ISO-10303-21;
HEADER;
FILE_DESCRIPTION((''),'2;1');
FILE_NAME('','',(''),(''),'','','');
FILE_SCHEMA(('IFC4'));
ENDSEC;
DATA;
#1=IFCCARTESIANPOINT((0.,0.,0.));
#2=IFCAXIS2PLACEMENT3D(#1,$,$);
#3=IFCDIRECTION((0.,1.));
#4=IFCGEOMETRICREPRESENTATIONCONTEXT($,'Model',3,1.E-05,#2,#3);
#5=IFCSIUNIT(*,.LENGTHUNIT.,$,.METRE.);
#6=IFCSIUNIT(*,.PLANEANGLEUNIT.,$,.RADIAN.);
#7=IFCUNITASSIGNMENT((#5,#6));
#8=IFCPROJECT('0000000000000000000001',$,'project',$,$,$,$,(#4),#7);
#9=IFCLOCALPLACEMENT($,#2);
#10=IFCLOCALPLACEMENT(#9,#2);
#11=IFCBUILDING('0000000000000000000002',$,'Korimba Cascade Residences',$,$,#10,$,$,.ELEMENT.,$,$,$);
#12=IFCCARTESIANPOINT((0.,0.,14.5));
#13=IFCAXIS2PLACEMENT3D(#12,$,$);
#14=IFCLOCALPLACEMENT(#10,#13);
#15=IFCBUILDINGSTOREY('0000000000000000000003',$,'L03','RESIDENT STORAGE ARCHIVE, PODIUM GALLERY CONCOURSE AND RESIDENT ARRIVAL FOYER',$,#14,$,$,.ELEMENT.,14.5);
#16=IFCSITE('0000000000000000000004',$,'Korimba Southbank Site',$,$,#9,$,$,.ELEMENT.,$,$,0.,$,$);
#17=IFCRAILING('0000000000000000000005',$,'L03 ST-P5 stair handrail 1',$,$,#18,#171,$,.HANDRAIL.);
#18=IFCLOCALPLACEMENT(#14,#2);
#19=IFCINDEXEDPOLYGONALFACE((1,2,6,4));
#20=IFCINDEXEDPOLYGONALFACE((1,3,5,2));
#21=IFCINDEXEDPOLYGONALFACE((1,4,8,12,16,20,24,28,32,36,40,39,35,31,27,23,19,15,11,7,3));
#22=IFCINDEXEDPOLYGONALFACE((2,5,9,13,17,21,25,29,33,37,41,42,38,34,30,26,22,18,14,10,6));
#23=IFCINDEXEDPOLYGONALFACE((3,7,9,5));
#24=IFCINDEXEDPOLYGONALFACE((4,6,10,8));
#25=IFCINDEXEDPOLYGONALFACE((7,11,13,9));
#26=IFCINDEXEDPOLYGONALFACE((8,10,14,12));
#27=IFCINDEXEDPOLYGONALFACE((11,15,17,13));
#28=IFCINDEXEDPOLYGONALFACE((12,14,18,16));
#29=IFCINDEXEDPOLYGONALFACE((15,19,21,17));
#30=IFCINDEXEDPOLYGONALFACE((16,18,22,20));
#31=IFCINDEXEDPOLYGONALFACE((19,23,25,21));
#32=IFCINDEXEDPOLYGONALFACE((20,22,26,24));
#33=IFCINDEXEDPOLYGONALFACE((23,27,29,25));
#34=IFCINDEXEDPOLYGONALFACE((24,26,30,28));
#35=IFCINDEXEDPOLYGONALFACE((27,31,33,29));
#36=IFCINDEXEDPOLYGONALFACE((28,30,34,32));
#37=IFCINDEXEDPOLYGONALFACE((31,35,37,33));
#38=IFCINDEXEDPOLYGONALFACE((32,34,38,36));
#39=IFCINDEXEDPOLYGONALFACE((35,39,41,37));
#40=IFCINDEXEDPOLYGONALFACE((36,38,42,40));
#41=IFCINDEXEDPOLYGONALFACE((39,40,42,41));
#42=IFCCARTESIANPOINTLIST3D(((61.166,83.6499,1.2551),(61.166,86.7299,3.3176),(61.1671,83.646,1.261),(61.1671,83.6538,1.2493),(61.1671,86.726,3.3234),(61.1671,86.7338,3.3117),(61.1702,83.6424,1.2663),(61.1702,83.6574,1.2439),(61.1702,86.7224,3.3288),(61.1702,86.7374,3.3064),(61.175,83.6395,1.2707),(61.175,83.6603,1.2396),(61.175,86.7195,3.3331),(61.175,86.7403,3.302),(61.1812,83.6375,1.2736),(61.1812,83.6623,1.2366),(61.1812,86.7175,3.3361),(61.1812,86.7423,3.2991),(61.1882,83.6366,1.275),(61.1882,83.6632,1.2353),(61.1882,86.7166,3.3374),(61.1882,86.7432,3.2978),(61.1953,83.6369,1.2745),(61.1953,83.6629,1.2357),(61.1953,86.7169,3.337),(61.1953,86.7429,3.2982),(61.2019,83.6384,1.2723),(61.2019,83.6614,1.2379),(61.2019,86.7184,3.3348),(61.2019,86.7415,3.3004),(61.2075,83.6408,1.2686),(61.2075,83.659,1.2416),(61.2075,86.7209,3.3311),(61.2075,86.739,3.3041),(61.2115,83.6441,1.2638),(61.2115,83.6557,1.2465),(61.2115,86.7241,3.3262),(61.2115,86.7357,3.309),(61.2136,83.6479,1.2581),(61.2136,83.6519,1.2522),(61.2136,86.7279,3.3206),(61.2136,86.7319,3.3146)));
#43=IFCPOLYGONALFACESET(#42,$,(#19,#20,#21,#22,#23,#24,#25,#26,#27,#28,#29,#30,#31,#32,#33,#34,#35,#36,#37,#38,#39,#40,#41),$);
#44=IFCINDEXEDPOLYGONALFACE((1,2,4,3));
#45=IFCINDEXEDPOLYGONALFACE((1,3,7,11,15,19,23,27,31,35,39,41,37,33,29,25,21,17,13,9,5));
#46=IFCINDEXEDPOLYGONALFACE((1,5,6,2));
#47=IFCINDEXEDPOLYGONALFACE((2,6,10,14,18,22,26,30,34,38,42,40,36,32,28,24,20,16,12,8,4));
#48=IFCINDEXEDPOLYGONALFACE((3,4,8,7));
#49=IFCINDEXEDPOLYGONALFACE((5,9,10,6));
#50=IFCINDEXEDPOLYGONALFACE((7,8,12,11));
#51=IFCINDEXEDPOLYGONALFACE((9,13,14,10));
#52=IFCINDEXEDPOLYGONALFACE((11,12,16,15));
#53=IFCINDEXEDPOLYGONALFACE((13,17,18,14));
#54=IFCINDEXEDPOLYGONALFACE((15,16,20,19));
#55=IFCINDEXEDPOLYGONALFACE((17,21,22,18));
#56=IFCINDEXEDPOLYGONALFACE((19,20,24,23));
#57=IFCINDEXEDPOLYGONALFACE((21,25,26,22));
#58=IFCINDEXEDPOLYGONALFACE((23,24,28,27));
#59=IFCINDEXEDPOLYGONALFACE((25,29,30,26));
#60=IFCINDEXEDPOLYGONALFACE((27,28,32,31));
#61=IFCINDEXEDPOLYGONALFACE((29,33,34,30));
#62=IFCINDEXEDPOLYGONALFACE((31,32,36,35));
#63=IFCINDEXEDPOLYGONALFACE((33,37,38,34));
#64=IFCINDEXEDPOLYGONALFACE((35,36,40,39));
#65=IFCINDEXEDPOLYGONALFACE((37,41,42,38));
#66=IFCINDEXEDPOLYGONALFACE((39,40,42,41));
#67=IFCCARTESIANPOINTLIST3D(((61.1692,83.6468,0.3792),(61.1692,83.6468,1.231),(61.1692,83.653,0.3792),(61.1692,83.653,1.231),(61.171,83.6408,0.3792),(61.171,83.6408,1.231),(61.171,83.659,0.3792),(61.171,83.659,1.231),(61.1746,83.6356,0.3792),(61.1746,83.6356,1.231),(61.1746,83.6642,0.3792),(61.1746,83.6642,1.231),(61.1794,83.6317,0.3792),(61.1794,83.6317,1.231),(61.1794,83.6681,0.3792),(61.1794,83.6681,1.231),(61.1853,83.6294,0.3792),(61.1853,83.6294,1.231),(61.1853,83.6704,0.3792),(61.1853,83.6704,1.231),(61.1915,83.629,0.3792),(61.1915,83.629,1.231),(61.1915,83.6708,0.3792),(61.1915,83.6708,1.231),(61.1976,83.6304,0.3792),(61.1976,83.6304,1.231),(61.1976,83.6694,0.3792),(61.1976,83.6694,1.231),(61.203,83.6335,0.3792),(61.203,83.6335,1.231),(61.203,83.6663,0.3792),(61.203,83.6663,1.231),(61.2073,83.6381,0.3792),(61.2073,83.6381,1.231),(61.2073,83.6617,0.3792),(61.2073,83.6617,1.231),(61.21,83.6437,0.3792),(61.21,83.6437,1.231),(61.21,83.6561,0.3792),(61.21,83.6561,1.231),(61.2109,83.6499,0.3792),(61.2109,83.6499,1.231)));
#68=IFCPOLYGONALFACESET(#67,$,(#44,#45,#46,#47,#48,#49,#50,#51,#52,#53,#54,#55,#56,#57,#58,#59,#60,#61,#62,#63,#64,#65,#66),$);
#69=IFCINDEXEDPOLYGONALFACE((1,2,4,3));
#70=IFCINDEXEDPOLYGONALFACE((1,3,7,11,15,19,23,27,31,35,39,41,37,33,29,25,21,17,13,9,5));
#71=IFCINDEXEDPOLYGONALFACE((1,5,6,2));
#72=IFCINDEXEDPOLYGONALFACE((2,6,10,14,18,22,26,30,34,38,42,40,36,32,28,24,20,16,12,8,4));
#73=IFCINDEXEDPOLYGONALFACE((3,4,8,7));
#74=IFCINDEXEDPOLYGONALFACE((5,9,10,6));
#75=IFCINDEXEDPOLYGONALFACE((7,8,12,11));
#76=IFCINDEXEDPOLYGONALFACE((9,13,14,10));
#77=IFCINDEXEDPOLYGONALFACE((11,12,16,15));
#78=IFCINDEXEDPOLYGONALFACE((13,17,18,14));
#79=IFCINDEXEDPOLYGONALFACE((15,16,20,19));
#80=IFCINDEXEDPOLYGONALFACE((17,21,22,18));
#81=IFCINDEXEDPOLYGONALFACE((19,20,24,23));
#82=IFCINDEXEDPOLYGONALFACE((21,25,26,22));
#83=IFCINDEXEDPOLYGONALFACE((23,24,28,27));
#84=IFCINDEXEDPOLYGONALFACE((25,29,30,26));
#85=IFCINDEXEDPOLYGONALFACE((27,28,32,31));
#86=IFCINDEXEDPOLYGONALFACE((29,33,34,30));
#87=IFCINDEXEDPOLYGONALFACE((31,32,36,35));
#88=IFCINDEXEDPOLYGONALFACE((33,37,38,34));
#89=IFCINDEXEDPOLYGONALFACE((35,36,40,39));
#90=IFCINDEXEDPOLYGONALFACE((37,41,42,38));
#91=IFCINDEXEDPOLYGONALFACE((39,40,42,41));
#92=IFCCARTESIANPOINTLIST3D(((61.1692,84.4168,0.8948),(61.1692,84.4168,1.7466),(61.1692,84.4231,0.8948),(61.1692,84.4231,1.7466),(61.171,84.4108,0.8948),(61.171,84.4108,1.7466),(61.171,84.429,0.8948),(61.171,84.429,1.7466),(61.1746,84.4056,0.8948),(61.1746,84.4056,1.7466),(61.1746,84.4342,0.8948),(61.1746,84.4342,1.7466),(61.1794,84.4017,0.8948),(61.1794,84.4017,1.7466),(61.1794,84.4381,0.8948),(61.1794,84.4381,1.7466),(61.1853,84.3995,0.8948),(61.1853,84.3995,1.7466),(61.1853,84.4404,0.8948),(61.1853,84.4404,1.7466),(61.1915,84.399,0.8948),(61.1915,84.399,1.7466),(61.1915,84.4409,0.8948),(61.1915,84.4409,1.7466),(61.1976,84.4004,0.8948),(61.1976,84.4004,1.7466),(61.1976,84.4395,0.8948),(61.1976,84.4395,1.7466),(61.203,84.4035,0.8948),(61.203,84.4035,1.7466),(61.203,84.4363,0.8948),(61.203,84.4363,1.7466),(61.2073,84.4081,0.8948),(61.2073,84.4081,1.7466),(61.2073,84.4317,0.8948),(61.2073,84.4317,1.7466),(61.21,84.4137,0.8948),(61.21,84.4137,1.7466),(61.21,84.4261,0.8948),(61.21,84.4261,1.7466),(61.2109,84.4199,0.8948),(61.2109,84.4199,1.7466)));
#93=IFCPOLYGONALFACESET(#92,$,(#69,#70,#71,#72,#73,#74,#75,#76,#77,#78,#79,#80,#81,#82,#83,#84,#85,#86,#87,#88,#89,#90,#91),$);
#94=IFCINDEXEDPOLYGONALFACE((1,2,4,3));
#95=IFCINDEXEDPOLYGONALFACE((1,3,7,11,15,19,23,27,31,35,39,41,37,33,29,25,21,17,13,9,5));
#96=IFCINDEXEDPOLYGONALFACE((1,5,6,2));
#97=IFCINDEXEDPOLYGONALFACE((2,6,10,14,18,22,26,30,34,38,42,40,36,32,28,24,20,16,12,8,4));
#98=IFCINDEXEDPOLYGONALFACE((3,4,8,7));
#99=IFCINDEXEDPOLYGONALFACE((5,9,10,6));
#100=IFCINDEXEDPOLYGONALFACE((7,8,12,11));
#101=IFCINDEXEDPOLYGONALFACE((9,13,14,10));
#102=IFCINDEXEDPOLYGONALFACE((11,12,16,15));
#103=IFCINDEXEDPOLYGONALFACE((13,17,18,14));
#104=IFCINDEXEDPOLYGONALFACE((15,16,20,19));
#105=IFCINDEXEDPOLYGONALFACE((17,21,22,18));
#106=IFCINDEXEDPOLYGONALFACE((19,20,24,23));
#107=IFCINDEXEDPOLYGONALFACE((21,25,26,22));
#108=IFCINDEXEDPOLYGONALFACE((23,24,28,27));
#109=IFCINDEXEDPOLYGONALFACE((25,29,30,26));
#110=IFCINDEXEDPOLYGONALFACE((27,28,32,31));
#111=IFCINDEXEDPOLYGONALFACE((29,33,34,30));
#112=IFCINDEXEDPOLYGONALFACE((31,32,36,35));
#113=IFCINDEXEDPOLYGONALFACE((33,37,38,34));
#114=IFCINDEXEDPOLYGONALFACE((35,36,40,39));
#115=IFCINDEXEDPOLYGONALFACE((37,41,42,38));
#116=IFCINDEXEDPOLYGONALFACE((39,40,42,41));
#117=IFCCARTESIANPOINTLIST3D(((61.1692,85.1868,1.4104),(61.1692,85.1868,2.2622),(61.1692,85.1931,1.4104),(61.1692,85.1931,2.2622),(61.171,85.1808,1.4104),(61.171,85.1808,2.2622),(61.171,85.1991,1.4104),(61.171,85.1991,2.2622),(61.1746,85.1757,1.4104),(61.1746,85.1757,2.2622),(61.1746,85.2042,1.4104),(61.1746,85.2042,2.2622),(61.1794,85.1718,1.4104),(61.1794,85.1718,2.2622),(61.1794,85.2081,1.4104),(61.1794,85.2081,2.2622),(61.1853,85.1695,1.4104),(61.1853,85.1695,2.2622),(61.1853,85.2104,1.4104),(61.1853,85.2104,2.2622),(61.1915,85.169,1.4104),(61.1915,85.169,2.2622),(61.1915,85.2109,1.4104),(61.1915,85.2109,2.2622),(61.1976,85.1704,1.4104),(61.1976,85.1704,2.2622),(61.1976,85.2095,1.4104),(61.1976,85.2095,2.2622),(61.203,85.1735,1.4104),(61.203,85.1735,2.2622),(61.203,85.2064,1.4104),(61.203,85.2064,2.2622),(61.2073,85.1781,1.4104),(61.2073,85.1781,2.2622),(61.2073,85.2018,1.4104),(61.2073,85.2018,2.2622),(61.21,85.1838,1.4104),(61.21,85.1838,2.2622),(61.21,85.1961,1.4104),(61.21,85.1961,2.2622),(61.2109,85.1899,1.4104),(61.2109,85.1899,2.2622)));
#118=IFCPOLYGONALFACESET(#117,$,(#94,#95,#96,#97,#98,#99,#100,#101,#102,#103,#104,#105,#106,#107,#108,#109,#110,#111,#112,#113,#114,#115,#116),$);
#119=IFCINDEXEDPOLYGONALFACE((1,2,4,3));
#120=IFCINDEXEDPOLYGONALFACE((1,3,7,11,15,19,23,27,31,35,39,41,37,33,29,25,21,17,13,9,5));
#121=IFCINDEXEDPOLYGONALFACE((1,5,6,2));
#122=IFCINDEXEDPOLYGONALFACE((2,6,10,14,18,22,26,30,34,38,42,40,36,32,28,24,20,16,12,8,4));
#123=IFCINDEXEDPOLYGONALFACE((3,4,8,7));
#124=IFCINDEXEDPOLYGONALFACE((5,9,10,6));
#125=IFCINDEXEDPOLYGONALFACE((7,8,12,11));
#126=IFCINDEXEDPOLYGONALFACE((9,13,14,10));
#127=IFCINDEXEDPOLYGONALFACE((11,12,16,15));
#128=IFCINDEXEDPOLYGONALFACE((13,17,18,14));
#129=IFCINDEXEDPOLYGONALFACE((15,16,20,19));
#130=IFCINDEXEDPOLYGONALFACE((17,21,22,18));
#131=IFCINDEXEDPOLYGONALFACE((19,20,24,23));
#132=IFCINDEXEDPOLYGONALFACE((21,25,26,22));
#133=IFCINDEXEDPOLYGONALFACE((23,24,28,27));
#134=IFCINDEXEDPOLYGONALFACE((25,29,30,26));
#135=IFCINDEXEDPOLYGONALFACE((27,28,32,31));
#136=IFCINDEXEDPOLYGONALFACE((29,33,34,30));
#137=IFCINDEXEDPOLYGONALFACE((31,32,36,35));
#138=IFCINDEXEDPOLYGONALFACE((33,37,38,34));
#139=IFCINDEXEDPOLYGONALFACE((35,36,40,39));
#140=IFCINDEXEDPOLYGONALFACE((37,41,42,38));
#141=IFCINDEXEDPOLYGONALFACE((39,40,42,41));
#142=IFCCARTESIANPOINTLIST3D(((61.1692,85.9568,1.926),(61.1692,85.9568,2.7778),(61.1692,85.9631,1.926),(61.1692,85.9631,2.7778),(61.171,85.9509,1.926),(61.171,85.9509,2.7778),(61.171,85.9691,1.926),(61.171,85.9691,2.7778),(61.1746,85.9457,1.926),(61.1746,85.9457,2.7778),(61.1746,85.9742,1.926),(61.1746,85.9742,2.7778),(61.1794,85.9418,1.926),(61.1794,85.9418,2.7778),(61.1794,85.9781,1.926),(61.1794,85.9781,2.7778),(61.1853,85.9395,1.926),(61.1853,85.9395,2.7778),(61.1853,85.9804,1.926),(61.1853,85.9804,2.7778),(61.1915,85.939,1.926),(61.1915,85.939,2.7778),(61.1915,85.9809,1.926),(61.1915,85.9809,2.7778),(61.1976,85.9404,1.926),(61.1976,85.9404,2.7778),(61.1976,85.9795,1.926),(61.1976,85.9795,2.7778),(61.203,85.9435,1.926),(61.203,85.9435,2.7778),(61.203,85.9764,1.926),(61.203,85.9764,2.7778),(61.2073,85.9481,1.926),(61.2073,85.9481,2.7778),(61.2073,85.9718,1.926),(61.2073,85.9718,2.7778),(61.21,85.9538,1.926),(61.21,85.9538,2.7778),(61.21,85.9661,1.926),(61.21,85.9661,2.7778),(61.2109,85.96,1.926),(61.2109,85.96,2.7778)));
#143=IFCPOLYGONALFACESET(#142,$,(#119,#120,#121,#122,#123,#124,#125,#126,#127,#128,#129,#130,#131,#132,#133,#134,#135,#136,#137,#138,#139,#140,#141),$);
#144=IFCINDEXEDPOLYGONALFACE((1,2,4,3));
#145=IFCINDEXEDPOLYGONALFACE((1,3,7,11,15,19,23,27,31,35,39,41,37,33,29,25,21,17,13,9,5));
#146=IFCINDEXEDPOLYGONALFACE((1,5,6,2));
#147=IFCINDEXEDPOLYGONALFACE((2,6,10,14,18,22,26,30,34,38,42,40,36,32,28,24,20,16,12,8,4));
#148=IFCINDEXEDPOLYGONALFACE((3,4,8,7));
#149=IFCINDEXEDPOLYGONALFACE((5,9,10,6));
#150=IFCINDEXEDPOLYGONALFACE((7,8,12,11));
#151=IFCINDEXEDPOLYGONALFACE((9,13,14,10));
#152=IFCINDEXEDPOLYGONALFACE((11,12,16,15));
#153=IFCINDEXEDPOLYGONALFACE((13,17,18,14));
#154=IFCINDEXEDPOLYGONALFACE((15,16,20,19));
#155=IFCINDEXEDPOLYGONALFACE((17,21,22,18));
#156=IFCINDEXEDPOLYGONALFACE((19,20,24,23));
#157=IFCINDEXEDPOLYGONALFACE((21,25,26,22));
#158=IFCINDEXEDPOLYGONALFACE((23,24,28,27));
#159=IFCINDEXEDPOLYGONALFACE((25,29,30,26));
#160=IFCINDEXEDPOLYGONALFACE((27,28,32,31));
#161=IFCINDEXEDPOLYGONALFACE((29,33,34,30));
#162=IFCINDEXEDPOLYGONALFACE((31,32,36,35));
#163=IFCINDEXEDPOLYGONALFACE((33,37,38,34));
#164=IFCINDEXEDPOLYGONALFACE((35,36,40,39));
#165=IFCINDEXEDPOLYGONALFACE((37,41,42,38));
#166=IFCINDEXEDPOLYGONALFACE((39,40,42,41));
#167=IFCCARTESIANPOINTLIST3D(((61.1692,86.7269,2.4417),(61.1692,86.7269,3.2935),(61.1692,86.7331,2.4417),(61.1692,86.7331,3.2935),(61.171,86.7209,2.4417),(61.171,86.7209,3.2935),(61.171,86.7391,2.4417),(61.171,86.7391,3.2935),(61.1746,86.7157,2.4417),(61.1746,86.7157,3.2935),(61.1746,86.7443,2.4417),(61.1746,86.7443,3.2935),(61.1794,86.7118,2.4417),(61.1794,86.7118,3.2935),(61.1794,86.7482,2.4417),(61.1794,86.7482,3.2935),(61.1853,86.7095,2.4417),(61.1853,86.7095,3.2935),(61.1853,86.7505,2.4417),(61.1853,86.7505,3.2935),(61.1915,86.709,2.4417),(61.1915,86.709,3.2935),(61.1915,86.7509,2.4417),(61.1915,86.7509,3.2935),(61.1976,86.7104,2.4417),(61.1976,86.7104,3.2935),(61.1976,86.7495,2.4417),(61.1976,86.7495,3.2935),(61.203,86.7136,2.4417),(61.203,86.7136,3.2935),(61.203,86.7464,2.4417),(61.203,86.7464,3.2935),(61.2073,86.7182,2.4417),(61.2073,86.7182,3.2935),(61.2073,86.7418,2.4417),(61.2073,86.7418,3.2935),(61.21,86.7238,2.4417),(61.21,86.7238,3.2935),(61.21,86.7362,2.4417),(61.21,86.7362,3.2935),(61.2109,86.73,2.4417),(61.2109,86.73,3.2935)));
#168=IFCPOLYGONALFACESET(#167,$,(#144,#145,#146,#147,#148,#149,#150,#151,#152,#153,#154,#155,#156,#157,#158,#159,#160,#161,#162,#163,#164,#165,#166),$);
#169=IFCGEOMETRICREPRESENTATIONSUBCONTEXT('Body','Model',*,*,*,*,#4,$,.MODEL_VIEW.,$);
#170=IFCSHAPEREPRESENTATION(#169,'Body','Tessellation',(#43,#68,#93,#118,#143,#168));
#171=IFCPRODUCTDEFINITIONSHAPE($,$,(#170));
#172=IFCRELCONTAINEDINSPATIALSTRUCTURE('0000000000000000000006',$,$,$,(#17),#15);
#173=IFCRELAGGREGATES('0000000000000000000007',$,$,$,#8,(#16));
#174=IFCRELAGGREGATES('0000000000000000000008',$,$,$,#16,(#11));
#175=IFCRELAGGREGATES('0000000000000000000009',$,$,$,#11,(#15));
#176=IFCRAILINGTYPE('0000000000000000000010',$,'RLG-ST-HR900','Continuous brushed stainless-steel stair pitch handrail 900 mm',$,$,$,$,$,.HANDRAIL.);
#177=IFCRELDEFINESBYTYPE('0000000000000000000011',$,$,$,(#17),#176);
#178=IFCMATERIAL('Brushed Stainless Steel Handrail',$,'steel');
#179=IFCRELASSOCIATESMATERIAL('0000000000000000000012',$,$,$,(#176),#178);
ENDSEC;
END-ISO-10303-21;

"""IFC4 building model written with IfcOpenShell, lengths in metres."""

from ifc_helpers import new_model, si_unit, direction, frame, origin, origin_2d, place, context, subcontext, project, spatial, circle, extrude, material, type_object, element, save


model = new_model("IFC4")

# Units and contexts
model_context = context("Model", 3, precision=1e-05, world=origin(), true_north=direction((0.0, 1.0)))
body_context = subcontext(model_context, "Body", "Model", "MODEL_VIEW")
ifc_project = project(units=[si_unit("LENGTHUNIT", "METRE"), si_unit("PLANEANGLEUNIT", "RADIAN")], contexts=[model_context])

# Site, building, storey
site_placement = place(None, origin())
site = spatial("IfcSite", under=ifc_project, at=site_placement, Name="Korimba Southbank Site", CompositionType="ELEMENT", RefElevation=0.0)
building_placement = place(site_placement, origin())
building = spatial("IfcBuilding", under=site, at=building_placement, Name="Korimba Cascade Residences", CompositionType="ELEMENT")
storey_placement = place(building_placement, frame((0.0, 0.0, 14.5)))
storey = spatial("IfcBuildingStorey", under=building, at=storey_placement, Name="L03", Description="RESIDENT STORAGE ARCHIVE, PODIUM GALLERY CONCOURSE AND RESIDENT ARRIVAL FOYER", CompositionType="ELEMENT", Elevation=14.5)

# Railing
ifc_material_1 = material(Name="Brushed Stainless Steel Handrail", Category="steel")
railing_type_1 = type_object("IfcRailingType", Name="RLG-ST-HR900", Description="Continuous brushed stainless-steel stair pitch handrail 900 mm", PredefinedType="HANDRAIL", material=ifc_material_1)
railing_1_placement = place(storey_placement, frame((61.1899, 83.6499, 0.3792)))
element("IfcRailing", 1, at=railing_1_placement, inside=storey, type_object=railing_type_1, Name="L03 ST-P5 stair handrail 1", PredefinedType="HANDRAIL", context=body_context, shape_type="SweptSolid", body=[
    extrude(circle(Radius=0.0239, at=origin_2d()), frame((0.0, 0.0, 0.876), z_axis=(0.0, 0.830914, 0.556401), x_axis=(-1.0, 0.0, 0.0)), (0.0, 0.0, 1.0), 3.7068),
    extrude(circle(Radius=0.021, at=origin_2d()), origin(), (0.0, 0.0, 1.0), 0.8518),
    extrude(circle(Radius=0.021, at=origin_2d()), frame((0.0, 0.77, 0.5156)), (0.0, 0.0, 1.0), 0.8518),
    extrude(circle(Radius=0.021, at=origin_2d()), frame((0.0, 1.54, 1.0312)), (0.0, 0.0, 1.0), 0.8518),
    extrude(circle(Radius=0.021, at=origin_2d()), frame((0.0, 2.3101, 1.5469)), (0.0, 0.0, 1.0), 0.8518),
    extrude(circle(Radius=0.021, at=origin_2d()), frame((0.0, 3.0801, 2.0625)), (0.0, 0.0, 1.0), 0.8518),
])

save(model, "model.ifc")
